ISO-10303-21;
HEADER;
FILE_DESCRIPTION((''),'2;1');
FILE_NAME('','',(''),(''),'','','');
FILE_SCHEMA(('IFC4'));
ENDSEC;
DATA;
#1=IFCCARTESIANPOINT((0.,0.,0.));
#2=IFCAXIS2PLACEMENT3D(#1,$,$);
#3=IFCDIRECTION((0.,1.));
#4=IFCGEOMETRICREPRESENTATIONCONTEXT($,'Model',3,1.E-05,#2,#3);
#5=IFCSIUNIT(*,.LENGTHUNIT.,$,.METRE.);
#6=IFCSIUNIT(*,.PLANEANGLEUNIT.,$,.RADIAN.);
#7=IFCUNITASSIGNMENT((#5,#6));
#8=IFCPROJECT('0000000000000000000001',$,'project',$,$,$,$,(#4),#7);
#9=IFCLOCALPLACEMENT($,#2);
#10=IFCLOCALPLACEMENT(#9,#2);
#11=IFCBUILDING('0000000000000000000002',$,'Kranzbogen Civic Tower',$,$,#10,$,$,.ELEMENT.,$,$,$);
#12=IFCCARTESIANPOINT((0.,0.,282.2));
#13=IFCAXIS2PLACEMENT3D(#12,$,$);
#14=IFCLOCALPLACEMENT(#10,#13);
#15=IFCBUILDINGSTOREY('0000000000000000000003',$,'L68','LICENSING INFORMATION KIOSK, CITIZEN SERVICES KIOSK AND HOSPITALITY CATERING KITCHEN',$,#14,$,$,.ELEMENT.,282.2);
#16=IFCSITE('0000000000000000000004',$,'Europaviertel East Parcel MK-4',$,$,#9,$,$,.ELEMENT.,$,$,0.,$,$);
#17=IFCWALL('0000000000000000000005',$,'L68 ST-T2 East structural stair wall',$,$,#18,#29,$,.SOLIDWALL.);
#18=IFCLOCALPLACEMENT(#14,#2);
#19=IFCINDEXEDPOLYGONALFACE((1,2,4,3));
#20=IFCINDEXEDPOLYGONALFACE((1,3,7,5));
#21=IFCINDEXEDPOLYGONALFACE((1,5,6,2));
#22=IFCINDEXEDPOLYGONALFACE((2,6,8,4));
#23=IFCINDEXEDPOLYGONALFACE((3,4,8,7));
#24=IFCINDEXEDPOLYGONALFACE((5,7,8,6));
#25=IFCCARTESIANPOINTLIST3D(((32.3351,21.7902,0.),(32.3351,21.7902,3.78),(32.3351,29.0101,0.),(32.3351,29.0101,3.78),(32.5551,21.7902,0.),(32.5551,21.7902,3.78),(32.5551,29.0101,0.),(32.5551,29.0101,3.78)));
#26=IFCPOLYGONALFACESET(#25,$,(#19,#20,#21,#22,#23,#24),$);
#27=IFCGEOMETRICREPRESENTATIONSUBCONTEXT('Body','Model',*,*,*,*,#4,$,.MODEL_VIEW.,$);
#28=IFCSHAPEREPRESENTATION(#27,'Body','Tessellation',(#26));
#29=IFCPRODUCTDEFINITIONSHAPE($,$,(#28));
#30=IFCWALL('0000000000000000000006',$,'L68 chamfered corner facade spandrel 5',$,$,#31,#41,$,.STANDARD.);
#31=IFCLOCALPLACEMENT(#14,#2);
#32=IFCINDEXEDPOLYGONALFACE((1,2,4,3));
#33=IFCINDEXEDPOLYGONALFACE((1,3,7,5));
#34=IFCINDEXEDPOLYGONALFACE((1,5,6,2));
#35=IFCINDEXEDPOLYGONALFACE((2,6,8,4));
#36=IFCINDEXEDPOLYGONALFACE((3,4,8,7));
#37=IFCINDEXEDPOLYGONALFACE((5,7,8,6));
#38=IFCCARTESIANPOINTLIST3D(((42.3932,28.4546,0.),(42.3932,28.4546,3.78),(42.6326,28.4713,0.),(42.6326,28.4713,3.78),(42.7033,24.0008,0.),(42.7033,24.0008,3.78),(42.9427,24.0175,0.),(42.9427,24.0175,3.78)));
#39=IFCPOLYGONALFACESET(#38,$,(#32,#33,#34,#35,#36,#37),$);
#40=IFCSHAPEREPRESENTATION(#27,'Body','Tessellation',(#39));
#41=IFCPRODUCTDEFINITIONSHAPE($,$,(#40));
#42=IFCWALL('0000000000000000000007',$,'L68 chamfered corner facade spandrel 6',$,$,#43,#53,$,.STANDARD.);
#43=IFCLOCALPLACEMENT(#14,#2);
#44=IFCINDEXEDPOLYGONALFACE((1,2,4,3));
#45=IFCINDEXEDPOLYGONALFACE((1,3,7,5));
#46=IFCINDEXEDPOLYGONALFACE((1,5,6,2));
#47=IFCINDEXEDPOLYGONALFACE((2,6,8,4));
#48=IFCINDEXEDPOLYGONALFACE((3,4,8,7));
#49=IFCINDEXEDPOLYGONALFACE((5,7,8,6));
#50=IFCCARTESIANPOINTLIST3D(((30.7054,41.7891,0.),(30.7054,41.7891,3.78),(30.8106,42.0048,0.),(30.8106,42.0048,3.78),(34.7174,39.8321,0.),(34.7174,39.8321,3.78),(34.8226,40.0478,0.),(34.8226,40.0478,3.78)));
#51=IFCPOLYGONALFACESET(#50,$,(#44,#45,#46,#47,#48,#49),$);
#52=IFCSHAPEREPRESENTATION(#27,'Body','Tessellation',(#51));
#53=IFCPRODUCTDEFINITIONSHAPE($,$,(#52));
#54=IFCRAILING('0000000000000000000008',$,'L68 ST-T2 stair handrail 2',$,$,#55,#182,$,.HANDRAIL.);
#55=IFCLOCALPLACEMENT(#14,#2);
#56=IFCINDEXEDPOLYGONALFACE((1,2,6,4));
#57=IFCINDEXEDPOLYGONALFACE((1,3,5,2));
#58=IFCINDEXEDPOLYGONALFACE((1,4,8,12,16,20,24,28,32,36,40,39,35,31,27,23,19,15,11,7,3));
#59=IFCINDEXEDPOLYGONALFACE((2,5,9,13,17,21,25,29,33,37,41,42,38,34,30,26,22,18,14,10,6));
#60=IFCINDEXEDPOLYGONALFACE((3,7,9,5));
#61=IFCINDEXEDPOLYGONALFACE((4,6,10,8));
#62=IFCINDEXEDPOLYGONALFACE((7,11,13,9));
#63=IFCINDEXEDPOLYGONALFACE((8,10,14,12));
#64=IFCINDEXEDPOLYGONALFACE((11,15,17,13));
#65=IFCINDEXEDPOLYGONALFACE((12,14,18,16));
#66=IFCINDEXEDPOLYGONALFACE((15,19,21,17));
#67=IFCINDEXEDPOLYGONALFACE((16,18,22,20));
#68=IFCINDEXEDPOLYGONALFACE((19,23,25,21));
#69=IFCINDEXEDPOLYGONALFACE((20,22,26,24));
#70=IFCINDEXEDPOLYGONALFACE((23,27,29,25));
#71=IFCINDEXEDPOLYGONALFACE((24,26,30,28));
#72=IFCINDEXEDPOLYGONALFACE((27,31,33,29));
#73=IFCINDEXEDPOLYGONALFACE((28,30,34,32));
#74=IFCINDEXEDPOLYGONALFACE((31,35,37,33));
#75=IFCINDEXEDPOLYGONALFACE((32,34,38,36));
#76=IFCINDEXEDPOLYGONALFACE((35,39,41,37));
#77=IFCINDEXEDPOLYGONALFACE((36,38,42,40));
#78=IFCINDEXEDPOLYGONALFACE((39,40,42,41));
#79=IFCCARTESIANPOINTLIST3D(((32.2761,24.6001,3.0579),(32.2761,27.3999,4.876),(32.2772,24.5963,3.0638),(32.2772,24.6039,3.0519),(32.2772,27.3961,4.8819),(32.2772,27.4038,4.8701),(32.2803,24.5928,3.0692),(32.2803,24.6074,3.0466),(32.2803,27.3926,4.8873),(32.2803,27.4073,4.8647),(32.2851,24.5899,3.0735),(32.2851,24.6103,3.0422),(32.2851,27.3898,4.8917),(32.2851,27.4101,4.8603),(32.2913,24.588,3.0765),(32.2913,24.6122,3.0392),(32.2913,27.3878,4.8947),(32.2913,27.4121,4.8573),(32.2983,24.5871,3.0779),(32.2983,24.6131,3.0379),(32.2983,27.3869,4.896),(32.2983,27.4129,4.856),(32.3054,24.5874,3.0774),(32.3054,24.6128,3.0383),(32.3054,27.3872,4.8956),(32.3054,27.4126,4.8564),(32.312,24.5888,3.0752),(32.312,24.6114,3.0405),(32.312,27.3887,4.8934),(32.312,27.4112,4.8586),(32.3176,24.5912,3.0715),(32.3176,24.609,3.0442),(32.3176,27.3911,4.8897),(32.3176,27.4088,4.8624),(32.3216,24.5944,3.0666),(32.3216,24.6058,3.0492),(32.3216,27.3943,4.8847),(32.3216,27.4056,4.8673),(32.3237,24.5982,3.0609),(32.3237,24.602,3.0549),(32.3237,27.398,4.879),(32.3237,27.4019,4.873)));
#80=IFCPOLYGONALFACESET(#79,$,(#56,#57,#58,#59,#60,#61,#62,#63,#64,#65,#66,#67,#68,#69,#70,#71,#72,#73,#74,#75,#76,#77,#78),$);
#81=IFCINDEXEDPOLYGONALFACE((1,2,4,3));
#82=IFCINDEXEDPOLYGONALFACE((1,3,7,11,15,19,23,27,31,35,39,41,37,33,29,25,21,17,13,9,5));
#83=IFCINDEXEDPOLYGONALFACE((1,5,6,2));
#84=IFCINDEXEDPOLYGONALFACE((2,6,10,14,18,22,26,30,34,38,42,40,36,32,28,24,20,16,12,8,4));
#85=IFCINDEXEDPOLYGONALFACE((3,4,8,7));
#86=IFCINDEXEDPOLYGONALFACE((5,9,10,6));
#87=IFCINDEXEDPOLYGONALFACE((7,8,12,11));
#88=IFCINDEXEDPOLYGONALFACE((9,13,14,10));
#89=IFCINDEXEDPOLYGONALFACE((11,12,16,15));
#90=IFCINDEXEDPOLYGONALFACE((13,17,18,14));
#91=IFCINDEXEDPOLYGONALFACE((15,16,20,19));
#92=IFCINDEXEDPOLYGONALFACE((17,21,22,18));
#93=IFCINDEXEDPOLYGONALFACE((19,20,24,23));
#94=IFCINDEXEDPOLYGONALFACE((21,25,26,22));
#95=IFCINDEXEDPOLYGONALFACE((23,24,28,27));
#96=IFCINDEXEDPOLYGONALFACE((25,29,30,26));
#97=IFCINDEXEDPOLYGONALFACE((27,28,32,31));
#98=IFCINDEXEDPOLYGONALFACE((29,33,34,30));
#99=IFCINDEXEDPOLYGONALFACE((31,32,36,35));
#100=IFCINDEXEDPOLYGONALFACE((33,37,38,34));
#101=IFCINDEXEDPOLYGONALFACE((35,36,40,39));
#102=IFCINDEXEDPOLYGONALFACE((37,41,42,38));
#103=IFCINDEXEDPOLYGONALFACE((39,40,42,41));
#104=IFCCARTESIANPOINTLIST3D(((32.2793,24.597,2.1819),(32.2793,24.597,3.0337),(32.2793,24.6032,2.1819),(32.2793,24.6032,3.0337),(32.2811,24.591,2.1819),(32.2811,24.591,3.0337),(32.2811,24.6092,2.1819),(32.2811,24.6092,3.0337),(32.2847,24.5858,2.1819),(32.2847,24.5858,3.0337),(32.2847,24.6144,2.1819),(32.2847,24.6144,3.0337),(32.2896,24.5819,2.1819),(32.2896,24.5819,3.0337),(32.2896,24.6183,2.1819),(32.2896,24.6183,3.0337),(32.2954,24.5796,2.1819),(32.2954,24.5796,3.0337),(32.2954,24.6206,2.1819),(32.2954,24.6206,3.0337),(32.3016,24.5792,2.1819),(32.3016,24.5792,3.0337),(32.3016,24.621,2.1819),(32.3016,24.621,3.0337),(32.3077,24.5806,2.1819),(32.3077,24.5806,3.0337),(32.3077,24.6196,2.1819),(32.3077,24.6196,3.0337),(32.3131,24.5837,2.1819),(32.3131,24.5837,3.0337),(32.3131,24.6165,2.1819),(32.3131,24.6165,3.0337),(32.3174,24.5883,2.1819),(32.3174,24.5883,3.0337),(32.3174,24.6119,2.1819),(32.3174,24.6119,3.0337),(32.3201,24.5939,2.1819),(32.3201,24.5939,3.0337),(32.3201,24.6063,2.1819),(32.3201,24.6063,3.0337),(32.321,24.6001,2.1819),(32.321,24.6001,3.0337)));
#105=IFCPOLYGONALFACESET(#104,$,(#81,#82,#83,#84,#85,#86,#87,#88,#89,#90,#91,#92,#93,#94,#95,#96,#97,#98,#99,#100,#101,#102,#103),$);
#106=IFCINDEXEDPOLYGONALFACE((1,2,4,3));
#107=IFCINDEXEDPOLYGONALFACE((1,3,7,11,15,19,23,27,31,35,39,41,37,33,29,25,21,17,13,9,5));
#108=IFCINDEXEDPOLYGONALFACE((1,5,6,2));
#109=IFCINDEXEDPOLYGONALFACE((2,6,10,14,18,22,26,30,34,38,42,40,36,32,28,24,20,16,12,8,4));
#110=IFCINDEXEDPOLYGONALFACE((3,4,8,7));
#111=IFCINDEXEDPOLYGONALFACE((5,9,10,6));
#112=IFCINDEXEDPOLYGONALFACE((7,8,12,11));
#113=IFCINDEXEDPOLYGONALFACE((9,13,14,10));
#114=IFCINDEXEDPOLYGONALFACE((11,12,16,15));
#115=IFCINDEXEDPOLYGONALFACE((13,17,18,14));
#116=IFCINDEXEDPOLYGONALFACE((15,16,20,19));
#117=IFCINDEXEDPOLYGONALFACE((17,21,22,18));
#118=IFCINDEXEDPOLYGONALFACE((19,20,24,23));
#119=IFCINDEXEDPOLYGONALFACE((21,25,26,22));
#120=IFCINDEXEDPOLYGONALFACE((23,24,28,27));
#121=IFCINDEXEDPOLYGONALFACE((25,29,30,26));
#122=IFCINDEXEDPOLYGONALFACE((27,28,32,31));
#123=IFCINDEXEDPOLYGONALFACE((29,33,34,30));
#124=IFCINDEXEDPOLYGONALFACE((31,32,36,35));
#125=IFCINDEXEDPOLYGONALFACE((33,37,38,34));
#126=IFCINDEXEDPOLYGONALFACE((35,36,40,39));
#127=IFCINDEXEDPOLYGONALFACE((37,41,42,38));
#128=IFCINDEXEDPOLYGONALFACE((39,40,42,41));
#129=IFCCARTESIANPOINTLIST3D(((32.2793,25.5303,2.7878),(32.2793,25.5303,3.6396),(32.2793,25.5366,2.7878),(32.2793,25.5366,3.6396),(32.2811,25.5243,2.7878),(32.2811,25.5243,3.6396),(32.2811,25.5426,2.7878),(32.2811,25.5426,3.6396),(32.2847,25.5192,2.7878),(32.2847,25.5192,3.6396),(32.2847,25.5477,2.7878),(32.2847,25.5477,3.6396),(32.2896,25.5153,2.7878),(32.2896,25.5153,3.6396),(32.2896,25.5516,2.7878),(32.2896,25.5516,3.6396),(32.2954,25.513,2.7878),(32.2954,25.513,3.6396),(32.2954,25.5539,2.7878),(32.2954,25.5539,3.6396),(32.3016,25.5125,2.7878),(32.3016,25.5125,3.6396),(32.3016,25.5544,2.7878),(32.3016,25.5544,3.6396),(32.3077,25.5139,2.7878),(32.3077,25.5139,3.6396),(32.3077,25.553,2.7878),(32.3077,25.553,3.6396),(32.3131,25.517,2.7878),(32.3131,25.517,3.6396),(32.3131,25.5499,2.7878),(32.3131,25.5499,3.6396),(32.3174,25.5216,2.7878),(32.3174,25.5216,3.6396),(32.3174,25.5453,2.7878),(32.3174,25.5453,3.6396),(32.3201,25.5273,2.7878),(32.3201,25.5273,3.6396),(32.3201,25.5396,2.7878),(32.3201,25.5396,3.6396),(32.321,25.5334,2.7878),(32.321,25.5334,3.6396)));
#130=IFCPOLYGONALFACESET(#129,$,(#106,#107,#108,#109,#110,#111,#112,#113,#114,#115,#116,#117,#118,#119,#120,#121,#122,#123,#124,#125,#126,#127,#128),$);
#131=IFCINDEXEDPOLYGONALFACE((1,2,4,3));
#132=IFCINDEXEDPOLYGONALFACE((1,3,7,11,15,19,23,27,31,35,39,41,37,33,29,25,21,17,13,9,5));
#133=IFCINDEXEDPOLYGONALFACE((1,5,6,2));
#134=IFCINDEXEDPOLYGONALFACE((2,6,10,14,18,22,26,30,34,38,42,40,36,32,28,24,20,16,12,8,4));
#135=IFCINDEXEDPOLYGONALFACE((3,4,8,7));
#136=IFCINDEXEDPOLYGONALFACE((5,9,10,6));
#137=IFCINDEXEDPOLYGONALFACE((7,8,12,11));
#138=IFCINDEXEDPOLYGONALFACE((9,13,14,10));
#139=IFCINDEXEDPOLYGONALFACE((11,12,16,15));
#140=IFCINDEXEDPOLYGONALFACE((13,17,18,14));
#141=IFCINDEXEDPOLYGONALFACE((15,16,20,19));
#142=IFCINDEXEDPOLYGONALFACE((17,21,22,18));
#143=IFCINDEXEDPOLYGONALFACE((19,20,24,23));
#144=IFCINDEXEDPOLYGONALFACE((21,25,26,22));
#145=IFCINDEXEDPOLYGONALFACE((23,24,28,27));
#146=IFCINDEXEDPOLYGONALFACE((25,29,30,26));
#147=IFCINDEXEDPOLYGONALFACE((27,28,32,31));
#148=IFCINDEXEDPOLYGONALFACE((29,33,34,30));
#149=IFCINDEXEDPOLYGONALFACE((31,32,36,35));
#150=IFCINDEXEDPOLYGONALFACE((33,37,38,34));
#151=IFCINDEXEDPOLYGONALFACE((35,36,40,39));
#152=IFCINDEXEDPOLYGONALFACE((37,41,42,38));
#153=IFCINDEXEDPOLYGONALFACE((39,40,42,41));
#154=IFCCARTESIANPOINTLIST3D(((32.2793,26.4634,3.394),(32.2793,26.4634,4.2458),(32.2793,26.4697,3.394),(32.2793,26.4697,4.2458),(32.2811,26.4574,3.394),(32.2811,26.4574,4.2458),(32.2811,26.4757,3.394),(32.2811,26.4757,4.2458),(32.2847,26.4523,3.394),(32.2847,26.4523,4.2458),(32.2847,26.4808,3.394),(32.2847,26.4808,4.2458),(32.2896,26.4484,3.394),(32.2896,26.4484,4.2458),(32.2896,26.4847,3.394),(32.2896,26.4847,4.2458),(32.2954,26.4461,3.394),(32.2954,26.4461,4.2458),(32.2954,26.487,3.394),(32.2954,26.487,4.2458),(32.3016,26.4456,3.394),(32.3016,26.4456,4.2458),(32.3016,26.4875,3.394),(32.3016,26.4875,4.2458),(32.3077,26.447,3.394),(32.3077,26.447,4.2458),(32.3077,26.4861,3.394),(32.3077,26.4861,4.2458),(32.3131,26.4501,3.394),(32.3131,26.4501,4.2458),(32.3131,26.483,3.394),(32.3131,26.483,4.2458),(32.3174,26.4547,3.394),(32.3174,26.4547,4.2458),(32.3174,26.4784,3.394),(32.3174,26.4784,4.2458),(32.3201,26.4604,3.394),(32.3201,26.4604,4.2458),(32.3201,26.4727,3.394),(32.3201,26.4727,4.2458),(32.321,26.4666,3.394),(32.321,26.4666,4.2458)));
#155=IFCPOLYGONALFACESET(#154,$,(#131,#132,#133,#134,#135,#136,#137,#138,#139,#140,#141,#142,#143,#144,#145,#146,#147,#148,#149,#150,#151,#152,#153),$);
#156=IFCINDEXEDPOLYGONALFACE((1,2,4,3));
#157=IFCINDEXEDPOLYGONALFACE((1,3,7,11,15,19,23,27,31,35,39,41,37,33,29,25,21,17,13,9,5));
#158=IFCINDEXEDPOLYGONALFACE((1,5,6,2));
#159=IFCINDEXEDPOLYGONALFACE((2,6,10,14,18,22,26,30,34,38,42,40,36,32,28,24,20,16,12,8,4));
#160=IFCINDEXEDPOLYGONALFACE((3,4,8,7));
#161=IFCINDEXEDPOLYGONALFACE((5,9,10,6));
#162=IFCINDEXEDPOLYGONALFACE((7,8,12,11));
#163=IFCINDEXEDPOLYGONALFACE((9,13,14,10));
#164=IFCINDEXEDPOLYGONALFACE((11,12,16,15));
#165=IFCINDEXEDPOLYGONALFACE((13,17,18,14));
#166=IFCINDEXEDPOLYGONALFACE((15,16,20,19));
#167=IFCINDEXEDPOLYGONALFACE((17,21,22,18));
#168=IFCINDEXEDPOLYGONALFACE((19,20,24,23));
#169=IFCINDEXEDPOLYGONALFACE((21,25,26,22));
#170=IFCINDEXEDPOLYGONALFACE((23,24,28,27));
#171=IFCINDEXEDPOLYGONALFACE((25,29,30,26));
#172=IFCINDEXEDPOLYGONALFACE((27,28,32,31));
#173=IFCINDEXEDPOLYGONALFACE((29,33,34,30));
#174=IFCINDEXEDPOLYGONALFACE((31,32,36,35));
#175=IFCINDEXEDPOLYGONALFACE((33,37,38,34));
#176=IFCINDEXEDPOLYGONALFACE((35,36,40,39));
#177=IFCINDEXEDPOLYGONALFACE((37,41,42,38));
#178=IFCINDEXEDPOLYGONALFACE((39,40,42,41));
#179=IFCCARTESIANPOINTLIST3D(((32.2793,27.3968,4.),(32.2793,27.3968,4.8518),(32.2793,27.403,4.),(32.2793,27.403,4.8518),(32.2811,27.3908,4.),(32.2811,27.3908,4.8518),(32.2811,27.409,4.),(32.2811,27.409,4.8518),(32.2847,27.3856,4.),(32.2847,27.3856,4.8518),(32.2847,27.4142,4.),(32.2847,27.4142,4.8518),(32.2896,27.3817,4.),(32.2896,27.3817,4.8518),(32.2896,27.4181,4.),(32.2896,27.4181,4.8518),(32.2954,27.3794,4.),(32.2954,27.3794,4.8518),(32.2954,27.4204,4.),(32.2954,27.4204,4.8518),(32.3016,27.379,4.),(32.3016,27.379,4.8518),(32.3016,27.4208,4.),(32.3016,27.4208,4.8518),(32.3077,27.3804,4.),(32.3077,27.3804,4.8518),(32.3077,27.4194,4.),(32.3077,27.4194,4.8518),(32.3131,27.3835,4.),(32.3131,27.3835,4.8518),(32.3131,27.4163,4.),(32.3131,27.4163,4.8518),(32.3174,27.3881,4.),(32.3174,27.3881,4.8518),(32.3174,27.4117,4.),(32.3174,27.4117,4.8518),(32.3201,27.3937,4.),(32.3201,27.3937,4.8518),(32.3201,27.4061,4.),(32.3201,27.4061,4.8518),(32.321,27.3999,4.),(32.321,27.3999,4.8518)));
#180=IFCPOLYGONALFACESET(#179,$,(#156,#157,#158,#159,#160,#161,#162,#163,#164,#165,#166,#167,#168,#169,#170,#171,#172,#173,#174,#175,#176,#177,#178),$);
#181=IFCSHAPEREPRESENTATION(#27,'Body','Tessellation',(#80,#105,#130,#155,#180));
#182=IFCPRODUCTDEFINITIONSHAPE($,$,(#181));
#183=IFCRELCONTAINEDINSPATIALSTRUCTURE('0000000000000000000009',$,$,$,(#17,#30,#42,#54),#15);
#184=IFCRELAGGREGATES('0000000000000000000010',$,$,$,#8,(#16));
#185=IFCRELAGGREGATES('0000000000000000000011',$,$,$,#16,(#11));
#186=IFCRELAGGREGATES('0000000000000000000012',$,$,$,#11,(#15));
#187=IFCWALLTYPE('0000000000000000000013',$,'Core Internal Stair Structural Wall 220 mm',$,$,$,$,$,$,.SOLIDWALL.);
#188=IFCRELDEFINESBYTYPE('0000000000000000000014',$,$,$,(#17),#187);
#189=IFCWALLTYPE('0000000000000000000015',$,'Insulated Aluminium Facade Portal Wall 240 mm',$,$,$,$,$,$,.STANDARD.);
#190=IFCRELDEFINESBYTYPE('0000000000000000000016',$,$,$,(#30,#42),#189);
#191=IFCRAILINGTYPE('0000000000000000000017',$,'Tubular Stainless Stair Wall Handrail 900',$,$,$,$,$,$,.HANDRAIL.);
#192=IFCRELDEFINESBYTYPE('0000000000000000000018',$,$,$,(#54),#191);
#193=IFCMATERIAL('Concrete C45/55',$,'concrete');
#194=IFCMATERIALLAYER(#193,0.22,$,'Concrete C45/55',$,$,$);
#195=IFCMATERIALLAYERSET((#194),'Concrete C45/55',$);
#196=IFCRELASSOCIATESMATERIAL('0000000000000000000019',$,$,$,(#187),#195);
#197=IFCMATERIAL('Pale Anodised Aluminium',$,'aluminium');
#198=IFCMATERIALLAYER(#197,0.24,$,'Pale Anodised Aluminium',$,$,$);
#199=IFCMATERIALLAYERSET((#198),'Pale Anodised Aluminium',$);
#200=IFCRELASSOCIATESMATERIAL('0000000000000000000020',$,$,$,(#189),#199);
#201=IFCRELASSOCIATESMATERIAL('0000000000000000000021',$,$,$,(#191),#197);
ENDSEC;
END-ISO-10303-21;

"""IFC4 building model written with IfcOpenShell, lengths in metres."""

from ifc_helpers import new_model, si_unit, direction, frame, frame_2d, origin, origin_2d, place, context, subcontext, project, spatial, rectangle, circle, extrude, material, layer, layer_set, type_object, element, save


model = new_model("IFC4")

# Units and contexts
model_context = context("Model", 3, precision=1e-05, world=origin(), true_north=direction((0.0, 1.0)))
body_context = subcontext(model_context, "Body", "Model", "MODEL_VIEW")
ifc_project = project(units=[si_unit("LENGTHUNIT", "METRE"), si_unit("PLANEANGLEUNIT", "RADIAN")], contexts=[model_context])

# Site, building, storey
site_placement = place(None, origin())
site = spatial("IfcSite", under=ifc_project, at=site_placement, Name="Europaviertel East Parcel MK-4", CompositionType="ELEMENT", RefElevation=0.0)
building_placement = place(site_placement, origin())
building = spatial("IfcBuilding", under=site, at=building_placement, Name="Kranzbogen Civic Tower", CompositionType="ELEMENT")
storey_placement = place(building_placement, frame((0.0, 0.0, 282.2)))
storey = spatial("IfcBuildingStorey", under=building, at=storey_placement, Name="L68", Description="LICENSING INFORMATION KIOSK, CITIZEN SERVICES KIOSK AND HOSPITALITY CATERING KITCHEN", CompositionType="ELEMENT", Elevation=282.2)

# Shared definitions
ifc_material_1 = material(Name="Pale Anodised Aluminium", Category="aluminium")

# Shared definitions
ifc_material_2 = material(Name="Concrete C45/55", Category="concrete")

# Walls
ifc_layer_1 = layer(ifc_material_2, 0.22, Name="Concrete C45/55")
ifc_layer_set_1 = layer_set([ifc_layer_1], Name="Concrete C45/55")
wall_type_1 = type_object("IfcWallType", Name="Core Internal Stair Structural Wall 220 mm", PredefinedType="SOLIDWALL", material=ifc_layer_set_1)
wall_1_placement = place(storey_placement, frame((32.4451, 29.01, 0.0), z_axis=(0.0, 0.0, 1.0), x_axis=(0.0, -1.0, 0.0)))
element("IfcWall", 1, at=wall_1_placement, inside=storey, type_object=wall_type_1, Name="L68 ST-T2 East structural stair wall", PredefinedType="SOLIDWALL", context=body_context, shape_type="SweptSolid", body=[
    extrude(rectangle(XDim=7.22, YDim=0.22, at=frame_2d((3.6099, 0.0))), origin(), (0.0, 0.0, 1.0), 3.78),
])
ifc_layer_2 = layer(ifc_material_1, 0.24, Name="Pale Anodised Aluminium")
ifc_layer_set_2 = layer_set([ifc_layer_2], Name="Pale Anodised Aluminium")
wall_type_2 = type_object("IfcWallType", Name="Insulated Aluminium Facade Portal Wall 240 mm", PredefinedType="STANDARD", material=ifc_layer_set_2)
wall_2_placement = place(storey_placement, frame((42.823, 24.009, 0.0), z_axis=(0.0, 0.0, 1.0), x_axis=(-0.069448, 0.997586, 0.0)))
element("IfcWall", 2, at=wall_2_placement, inside=storey, type_object=wall_type_2, Name="L68 chamfered corner facade spandrel 5", PredefinedType="STANDARD", context=body_context, shape_type="SweptSolid", body=[
    extrude(rectangle(XDim=4.4646, YDim=0.24, at=frame_2d((2.2324, 0.0))), origin(), (0.0, 0.0, 1.0), 3.78),
])
wall_3_placement = place(storey_placement, frame((34.77, 39.9399, 0.0), z_axis=(0.0, 0.0, 1.0), x_axis=(-0.898771, 0.438419, 0.0)))
element("IfcWall", 3, at=wall_3_placement, inside=storey, type_object=wall_type_2, Name="L68 chamfered corner facade spandrel 6", PredefinedType="STANDARD", context=body_context, shape_type="SweptSolid", body=[
    extrude(rectangle(XDim=4.4639, YDim=0.24, at=frame_2d((2.2319, 0.0))), origin(), (0.0, 0.0, 1.0), 3.78),
])

# Railing
railing_type = type_object("IfcRailingType", Name="Tubular Stainless Stair Wall Handrail 900", PredefinedType="HANDRAIL", material=ifc_material_1)
railing_placement = place(storey_placement, frame((32.3, 24.6001, 2.1819)))
element("IfcRailing", 4, at=railing_placement, inside=storey, type_object=railing_type, Name="L68 ST-T2 stair handrail 2", PredefinedType="HANDRAIL", context=body_context, shape_type="SweptSolid", body=[
    extrude(circle(Radius=0.0239, at=origin_2d()), frame((0.0, 0.0, 0.876), z_axis=(0.0, 0.838684, 0.544618), x_axis=(-1.0, 0.0, 0.0)), (0.0, 0.0, 1.0), 3.3384),
    extrude(circle(Radius=0.021, at=origin_2d()), origin(), (0.0, 0.0, 1.0), 0.8518),
    extrude(circle(Radius=0.021, at=origin_2d()), frame((0.0, 0.9333, 0.606)), (0.0, 0.0, 1.0), 0.8518),
    extrude(circle(Radius=0.021, at=origin_2d()), frame((0.0, 1.8665, 1.2122)), (0.0, 0.0, 1.0), 0.8518),
    extrude(circle(Radius=0.021, at=origin_2d()), frame((0.0, 2.7998, 1.8181)), (0.0, 0.0, 1.0), 0.8518),
])

save(model, "model.ifc")
